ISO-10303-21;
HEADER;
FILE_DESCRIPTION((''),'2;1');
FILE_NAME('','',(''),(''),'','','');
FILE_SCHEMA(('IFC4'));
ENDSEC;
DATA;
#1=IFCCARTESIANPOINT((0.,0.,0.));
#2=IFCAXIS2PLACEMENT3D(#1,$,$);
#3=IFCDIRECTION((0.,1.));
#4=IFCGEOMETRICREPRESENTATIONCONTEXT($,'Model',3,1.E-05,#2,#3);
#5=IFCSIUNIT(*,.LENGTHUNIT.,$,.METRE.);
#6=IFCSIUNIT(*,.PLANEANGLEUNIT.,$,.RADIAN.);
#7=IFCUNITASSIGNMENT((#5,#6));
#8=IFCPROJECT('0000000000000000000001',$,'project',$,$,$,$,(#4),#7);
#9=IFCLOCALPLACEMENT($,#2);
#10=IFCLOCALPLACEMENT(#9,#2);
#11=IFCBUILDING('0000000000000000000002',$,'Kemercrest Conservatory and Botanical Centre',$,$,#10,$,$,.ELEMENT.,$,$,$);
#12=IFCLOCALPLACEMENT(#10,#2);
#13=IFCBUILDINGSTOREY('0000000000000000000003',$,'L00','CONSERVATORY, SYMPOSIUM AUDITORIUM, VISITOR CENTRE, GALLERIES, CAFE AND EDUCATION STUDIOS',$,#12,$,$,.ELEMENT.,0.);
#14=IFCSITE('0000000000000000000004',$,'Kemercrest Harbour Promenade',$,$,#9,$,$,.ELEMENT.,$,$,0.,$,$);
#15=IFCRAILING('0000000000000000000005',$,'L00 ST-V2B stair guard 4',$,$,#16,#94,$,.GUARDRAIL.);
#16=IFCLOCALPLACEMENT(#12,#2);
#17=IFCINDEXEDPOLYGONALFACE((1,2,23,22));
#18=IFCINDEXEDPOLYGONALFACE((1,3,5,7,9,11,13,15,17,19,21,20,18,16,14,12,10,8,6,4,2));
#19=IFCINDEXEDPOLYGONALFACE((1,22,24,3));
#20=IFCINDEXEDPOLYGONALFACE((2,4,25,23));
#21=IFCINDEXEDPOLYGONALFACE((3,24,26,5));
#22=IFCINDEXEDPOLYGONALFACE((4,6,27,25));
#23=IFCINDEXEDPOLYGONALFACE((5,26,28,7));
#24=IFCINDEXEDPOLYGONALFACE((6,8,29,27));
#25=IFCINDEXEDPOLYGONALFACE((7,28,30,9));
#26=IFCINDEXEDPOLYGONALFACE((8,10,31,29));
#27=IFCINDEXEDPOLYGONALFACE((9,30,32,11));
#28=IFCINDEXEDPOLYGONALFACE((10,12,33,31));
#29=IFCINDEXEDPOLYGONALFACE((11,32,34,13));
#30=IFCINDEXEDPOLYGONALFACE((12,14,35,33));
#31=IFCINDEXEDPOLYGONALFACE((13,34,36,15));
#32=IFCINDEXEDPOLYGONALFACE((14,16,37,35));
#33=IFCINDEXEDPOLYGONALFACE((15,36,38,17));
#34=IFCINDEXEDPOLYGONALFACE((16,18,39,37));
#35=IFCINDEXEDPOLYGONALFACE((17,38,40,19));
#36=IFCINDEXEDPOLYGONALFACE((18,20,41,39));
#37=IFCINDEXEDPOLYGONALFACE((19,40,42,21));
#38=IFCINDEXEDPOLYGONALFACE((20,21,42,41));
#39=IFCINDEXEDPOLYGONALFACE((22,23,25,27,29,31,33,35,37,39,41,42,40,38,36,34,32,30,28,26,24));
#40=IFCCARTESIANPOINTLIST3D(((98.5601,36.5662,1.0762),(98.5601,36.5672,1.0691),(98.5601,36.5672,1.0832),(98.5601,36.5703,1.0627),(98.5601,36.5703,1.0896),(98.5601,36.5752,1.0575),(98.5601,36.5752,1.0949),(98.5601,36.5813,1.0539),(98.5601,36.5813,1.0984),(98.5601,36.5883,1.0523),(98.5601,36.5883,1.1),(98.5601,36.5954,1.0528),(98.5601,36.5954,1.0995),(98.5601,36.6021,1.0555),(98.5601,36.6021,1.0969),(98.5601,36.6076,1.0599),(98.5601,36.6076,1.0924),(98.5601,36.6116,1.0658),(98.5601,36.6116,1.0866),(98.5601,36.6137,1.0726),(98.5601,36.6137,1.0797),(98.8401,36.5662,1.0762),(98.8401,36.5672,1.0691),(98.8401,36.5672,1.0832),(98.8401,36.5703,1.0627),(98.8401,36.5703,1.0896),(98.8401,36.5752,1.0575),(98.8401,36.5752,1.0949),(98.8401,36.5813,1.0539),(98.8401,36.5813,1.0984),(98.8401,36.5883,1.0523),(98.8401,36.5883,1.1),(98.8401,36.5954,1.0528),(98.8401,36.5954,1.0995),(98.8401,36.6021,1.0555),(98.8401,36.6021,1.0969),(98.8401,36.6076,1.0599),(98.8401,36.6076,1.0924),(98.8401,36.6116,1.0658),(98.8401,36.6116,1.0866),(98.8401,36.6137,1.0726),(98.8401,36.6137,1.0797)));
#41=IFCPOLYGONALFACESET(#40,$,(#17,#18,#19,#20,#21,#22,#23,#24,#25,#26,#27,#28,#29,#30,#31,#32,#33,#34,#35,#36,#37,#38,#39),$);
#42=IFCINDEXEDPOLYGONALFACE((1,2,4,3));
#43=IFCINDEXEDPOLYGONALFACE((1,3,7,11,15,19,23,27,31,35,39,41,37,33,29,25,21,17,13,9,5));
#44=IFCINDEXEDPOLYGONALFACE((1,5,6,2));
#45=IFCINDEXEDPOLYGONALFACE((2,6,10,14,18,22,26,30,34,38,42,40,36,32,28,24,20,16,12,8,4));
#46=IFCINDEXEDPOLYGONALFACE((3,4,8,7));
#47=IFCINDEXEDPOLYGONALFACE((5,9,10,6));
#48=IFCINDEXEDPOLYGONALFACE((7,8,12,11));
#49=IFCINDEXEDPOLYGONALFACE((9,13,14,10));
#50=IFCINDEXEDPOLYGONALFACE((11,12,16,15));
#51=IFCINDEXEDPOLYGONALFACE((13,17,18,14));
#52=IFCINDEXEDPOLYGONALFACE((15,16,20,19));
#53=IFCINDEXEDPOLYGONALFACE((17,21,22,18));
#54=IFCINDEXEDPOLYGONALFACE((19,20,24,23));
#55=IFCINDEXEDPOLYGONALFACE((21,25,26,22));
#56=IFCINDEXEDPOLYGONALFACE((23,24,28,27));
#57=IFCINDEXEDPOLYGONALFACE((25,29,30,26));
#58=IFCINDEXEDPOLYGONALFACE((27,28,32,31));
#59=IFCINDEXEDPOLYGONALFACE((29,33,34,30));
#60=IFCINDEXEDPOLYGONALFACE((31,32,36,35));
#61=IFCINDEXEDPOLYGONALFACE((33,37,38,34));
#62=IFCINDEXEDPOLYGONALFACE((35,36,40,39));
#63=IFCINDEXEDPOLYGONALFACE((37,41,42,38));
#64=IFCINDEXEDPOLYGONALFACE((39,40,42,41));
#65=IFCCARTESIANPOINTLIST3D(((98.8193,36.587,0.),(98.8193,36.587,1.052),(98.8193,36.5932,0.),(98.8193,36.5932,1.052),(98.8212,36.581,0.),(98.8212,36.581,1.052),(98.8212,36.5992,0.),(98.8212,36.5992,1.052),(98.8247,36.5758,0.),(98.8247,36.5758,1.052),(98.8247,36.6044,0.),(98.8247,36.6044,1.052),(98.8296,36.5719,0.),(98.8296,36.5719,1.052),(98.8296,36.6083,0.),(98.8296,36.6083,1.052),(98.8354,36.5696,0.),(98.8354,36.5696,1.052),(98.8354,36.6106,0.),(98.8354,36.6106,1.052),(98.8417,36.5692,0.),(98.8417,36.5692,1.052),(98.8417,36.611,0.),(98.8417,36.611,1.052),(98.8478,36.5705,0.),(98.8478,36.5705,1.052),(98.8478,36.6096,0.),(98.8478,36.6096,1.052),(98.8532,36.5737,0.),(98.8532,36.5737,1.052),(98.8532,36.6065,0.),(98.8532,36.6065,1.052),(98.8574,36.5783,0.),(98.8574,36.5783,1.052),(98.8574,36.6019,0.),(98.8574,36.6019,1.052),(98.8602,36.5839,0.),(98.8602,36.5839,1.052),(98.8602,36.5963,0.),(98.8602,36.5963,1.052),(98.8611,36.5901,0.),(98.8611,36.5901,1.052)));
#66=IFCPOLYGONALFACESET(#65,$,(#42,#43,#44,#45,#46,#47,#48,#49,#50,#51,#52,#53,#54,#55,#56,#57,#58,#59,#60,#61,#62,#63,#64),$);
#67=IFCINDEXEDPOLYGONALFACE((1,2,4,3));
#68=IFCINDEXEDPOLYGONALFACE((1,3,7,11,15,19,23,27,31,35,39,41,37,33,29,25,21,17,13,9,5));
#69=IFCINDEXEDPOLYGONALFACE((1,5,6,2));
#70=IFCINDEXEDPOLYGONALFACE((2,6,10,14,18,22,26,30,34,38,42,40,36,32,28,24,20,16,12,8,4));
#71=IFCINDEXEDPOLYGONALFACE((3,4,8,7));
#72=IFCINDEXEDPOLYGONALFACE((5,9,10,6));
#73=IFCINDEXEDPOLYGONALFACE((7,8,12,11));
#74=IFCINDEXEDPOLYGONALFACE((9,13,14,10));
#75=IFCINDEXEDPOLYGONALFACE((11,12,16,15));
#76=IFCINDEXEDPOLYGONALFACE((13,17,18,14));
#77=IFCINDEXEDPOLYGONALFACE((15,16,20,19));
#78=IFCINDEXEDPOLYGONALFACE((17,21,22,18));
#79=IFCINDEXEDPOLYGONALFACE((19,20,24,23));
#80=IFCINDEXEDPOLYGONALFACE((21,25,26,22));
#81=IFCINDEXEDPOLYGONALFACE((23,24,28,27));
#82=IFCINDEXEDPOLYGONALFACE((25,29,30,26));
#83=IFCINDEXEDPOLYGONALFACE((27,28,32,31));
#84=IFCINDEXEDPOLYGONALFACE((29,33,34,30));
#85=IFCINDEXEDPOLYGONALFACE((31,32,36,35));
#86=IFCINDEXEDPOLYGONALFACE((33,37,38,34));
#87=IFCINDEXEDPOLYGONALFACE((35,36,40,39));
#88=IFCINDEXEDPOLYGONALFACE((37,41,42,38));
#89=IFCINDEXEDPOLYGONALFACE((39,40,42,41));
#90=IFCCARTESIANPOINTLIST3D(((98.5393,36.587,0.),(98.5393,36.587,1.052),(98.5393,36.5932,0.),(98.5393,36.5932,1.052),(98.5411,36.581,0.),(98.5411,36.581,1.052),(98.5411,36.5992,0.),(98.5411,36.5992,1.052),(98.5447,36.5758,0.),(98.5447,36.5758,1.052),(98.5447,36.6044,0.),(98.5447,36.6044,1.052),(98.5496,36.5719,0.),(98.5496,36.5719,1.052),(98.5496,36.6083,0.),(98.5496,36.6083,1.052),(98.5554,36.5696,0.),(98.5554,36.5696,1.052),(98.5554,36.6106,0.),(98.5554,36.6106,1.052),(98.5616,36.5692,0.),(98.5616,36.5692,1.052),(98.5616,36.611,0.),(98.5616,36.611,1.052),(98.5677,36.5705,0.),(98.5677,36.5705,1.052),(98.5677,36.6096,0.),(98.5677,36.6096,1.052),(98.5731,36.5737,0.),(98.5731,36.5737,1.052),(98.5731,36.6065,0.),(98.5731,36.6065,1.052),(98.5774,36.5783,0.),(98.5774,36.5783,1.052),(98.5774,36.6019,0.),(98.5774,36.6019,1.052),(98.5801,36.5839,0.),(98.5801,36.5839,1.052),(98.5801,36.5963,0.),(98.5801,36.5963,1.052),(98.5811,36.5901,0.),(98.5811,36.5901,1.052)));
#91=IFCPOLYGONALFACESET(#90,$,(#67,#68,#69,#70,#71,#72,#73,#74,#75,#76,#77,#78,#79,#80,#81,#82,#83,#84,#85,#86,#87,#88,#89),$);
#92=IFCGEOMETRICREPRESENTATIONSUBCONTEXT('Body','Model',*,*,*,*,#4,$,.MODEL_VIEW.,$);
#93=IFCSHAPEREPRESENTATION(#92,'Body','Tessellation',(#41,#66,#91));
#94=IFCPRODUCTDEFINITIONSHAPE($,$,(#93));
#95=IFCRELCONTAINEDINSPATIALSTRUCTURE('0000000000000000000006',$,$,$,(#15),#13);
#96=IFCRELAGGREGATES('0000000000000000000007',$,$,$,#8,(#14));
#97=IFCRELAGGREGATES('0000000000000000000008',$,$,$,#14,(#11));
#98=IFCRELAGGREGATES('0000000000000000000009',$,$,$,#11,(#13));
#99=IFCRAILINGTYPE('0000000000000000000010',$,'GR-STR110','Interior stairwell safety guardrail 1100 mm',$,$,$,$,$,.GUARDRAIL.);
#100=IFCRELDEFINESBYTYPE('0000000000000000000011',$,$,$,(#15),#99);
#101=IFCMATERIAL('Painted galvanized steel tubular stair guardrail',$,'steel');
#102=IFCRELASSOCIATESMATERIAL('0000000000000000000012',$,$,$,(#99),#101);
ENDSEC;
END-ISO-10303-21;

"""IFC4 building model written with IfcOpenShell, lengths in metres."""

from ifc_helpers import new_model, si_unit, direction, frame, origin, origin_2d, place, context, subcontext, project, spatial, circle, extrude, material, type_object, element, save


model = new_model("IFC4")

# Units and contexts
model_context = context("Model", 3, precision=1e-05, world=origin(), true_north=direction((0.0, 1.0)))
body_context = subcontext(model_context, "Body", "Model", "MODEL_VIEW")
ifc_project = project(units=[si_unit("LENGTHUNIT", "METRE"), si_unit("PLANEANGLEUNIT", "RADIAN")], contexts=[model_context])

# Site, building, storey
site_placement = place(None, origin())
site = spatial("IfcSite", under=ifc_project, at=site_placement, Name="Kemercrest Harbour Promenade", CompositionType="ELEMENT", RefElevation=0.0)
building_placement = place(site_placement, origin())
building = spatial("IfcBuilding", under=site, at=building_placement, Name="Kemercrest Conservatory and Botanical Centre", CompositionType="ELEMENT")
storey_placement = place(building_placement, origin())
storey = spatial("IfcBuildingStorey", under=building, at=storey_placement, Name="L00", Description="CONSERVATORY, SYMPOSIUM AUDITORIUM, VISITOR CENTRE, GALLERIES, CAFE AND EDUCATION STUDIOS", CompositionType="ELEMENT", Elevation=0.0)

# Railing
ifc_material_1 = material(Name="Painted galvanized steel tubular stair guardrail", Category="steel")
railing_type_1 = type_object("IfcRailingType", Name="GR-STR110", Description="Interior stairwell safety guardrail 1100 mm", PredefinedType="GUARDRAIL", material=ifc_material_1)
railing_1_placement = place(storey_placement, frame((98.8401, 36.5901, 0.0)))
element("IfcRailing", 1, at=railing_1_placement, inside=storey, type_object=railing_type_1, Name="L00 ST-V2B stair guard 4", PredefinedType="GUARDRAIL", context=body_context, shape_type="SweptSolid", body=[
    extrude(circle(Radius=0.0239, at=origin_2d()), frame((0.0, 0.0, 1.0762), z_axis=(-1.0, 0.0, 0.0), x_axis=(0.0, -1.0, 0.0)), (0.0, 0.0, 1.0), 0.28),
    extrude(circle(Radius=0.021, at=origin_2d()), origin(), (0.0, 0.0, 1.0), 1.052),
    extrude(circle(Radius=0.021, at=origin_2d()), frame((-0.28, 0.0, 0.0)), (0.0, 0.0, 1.0), 1.052),
])

save(model, "model.ifc")
